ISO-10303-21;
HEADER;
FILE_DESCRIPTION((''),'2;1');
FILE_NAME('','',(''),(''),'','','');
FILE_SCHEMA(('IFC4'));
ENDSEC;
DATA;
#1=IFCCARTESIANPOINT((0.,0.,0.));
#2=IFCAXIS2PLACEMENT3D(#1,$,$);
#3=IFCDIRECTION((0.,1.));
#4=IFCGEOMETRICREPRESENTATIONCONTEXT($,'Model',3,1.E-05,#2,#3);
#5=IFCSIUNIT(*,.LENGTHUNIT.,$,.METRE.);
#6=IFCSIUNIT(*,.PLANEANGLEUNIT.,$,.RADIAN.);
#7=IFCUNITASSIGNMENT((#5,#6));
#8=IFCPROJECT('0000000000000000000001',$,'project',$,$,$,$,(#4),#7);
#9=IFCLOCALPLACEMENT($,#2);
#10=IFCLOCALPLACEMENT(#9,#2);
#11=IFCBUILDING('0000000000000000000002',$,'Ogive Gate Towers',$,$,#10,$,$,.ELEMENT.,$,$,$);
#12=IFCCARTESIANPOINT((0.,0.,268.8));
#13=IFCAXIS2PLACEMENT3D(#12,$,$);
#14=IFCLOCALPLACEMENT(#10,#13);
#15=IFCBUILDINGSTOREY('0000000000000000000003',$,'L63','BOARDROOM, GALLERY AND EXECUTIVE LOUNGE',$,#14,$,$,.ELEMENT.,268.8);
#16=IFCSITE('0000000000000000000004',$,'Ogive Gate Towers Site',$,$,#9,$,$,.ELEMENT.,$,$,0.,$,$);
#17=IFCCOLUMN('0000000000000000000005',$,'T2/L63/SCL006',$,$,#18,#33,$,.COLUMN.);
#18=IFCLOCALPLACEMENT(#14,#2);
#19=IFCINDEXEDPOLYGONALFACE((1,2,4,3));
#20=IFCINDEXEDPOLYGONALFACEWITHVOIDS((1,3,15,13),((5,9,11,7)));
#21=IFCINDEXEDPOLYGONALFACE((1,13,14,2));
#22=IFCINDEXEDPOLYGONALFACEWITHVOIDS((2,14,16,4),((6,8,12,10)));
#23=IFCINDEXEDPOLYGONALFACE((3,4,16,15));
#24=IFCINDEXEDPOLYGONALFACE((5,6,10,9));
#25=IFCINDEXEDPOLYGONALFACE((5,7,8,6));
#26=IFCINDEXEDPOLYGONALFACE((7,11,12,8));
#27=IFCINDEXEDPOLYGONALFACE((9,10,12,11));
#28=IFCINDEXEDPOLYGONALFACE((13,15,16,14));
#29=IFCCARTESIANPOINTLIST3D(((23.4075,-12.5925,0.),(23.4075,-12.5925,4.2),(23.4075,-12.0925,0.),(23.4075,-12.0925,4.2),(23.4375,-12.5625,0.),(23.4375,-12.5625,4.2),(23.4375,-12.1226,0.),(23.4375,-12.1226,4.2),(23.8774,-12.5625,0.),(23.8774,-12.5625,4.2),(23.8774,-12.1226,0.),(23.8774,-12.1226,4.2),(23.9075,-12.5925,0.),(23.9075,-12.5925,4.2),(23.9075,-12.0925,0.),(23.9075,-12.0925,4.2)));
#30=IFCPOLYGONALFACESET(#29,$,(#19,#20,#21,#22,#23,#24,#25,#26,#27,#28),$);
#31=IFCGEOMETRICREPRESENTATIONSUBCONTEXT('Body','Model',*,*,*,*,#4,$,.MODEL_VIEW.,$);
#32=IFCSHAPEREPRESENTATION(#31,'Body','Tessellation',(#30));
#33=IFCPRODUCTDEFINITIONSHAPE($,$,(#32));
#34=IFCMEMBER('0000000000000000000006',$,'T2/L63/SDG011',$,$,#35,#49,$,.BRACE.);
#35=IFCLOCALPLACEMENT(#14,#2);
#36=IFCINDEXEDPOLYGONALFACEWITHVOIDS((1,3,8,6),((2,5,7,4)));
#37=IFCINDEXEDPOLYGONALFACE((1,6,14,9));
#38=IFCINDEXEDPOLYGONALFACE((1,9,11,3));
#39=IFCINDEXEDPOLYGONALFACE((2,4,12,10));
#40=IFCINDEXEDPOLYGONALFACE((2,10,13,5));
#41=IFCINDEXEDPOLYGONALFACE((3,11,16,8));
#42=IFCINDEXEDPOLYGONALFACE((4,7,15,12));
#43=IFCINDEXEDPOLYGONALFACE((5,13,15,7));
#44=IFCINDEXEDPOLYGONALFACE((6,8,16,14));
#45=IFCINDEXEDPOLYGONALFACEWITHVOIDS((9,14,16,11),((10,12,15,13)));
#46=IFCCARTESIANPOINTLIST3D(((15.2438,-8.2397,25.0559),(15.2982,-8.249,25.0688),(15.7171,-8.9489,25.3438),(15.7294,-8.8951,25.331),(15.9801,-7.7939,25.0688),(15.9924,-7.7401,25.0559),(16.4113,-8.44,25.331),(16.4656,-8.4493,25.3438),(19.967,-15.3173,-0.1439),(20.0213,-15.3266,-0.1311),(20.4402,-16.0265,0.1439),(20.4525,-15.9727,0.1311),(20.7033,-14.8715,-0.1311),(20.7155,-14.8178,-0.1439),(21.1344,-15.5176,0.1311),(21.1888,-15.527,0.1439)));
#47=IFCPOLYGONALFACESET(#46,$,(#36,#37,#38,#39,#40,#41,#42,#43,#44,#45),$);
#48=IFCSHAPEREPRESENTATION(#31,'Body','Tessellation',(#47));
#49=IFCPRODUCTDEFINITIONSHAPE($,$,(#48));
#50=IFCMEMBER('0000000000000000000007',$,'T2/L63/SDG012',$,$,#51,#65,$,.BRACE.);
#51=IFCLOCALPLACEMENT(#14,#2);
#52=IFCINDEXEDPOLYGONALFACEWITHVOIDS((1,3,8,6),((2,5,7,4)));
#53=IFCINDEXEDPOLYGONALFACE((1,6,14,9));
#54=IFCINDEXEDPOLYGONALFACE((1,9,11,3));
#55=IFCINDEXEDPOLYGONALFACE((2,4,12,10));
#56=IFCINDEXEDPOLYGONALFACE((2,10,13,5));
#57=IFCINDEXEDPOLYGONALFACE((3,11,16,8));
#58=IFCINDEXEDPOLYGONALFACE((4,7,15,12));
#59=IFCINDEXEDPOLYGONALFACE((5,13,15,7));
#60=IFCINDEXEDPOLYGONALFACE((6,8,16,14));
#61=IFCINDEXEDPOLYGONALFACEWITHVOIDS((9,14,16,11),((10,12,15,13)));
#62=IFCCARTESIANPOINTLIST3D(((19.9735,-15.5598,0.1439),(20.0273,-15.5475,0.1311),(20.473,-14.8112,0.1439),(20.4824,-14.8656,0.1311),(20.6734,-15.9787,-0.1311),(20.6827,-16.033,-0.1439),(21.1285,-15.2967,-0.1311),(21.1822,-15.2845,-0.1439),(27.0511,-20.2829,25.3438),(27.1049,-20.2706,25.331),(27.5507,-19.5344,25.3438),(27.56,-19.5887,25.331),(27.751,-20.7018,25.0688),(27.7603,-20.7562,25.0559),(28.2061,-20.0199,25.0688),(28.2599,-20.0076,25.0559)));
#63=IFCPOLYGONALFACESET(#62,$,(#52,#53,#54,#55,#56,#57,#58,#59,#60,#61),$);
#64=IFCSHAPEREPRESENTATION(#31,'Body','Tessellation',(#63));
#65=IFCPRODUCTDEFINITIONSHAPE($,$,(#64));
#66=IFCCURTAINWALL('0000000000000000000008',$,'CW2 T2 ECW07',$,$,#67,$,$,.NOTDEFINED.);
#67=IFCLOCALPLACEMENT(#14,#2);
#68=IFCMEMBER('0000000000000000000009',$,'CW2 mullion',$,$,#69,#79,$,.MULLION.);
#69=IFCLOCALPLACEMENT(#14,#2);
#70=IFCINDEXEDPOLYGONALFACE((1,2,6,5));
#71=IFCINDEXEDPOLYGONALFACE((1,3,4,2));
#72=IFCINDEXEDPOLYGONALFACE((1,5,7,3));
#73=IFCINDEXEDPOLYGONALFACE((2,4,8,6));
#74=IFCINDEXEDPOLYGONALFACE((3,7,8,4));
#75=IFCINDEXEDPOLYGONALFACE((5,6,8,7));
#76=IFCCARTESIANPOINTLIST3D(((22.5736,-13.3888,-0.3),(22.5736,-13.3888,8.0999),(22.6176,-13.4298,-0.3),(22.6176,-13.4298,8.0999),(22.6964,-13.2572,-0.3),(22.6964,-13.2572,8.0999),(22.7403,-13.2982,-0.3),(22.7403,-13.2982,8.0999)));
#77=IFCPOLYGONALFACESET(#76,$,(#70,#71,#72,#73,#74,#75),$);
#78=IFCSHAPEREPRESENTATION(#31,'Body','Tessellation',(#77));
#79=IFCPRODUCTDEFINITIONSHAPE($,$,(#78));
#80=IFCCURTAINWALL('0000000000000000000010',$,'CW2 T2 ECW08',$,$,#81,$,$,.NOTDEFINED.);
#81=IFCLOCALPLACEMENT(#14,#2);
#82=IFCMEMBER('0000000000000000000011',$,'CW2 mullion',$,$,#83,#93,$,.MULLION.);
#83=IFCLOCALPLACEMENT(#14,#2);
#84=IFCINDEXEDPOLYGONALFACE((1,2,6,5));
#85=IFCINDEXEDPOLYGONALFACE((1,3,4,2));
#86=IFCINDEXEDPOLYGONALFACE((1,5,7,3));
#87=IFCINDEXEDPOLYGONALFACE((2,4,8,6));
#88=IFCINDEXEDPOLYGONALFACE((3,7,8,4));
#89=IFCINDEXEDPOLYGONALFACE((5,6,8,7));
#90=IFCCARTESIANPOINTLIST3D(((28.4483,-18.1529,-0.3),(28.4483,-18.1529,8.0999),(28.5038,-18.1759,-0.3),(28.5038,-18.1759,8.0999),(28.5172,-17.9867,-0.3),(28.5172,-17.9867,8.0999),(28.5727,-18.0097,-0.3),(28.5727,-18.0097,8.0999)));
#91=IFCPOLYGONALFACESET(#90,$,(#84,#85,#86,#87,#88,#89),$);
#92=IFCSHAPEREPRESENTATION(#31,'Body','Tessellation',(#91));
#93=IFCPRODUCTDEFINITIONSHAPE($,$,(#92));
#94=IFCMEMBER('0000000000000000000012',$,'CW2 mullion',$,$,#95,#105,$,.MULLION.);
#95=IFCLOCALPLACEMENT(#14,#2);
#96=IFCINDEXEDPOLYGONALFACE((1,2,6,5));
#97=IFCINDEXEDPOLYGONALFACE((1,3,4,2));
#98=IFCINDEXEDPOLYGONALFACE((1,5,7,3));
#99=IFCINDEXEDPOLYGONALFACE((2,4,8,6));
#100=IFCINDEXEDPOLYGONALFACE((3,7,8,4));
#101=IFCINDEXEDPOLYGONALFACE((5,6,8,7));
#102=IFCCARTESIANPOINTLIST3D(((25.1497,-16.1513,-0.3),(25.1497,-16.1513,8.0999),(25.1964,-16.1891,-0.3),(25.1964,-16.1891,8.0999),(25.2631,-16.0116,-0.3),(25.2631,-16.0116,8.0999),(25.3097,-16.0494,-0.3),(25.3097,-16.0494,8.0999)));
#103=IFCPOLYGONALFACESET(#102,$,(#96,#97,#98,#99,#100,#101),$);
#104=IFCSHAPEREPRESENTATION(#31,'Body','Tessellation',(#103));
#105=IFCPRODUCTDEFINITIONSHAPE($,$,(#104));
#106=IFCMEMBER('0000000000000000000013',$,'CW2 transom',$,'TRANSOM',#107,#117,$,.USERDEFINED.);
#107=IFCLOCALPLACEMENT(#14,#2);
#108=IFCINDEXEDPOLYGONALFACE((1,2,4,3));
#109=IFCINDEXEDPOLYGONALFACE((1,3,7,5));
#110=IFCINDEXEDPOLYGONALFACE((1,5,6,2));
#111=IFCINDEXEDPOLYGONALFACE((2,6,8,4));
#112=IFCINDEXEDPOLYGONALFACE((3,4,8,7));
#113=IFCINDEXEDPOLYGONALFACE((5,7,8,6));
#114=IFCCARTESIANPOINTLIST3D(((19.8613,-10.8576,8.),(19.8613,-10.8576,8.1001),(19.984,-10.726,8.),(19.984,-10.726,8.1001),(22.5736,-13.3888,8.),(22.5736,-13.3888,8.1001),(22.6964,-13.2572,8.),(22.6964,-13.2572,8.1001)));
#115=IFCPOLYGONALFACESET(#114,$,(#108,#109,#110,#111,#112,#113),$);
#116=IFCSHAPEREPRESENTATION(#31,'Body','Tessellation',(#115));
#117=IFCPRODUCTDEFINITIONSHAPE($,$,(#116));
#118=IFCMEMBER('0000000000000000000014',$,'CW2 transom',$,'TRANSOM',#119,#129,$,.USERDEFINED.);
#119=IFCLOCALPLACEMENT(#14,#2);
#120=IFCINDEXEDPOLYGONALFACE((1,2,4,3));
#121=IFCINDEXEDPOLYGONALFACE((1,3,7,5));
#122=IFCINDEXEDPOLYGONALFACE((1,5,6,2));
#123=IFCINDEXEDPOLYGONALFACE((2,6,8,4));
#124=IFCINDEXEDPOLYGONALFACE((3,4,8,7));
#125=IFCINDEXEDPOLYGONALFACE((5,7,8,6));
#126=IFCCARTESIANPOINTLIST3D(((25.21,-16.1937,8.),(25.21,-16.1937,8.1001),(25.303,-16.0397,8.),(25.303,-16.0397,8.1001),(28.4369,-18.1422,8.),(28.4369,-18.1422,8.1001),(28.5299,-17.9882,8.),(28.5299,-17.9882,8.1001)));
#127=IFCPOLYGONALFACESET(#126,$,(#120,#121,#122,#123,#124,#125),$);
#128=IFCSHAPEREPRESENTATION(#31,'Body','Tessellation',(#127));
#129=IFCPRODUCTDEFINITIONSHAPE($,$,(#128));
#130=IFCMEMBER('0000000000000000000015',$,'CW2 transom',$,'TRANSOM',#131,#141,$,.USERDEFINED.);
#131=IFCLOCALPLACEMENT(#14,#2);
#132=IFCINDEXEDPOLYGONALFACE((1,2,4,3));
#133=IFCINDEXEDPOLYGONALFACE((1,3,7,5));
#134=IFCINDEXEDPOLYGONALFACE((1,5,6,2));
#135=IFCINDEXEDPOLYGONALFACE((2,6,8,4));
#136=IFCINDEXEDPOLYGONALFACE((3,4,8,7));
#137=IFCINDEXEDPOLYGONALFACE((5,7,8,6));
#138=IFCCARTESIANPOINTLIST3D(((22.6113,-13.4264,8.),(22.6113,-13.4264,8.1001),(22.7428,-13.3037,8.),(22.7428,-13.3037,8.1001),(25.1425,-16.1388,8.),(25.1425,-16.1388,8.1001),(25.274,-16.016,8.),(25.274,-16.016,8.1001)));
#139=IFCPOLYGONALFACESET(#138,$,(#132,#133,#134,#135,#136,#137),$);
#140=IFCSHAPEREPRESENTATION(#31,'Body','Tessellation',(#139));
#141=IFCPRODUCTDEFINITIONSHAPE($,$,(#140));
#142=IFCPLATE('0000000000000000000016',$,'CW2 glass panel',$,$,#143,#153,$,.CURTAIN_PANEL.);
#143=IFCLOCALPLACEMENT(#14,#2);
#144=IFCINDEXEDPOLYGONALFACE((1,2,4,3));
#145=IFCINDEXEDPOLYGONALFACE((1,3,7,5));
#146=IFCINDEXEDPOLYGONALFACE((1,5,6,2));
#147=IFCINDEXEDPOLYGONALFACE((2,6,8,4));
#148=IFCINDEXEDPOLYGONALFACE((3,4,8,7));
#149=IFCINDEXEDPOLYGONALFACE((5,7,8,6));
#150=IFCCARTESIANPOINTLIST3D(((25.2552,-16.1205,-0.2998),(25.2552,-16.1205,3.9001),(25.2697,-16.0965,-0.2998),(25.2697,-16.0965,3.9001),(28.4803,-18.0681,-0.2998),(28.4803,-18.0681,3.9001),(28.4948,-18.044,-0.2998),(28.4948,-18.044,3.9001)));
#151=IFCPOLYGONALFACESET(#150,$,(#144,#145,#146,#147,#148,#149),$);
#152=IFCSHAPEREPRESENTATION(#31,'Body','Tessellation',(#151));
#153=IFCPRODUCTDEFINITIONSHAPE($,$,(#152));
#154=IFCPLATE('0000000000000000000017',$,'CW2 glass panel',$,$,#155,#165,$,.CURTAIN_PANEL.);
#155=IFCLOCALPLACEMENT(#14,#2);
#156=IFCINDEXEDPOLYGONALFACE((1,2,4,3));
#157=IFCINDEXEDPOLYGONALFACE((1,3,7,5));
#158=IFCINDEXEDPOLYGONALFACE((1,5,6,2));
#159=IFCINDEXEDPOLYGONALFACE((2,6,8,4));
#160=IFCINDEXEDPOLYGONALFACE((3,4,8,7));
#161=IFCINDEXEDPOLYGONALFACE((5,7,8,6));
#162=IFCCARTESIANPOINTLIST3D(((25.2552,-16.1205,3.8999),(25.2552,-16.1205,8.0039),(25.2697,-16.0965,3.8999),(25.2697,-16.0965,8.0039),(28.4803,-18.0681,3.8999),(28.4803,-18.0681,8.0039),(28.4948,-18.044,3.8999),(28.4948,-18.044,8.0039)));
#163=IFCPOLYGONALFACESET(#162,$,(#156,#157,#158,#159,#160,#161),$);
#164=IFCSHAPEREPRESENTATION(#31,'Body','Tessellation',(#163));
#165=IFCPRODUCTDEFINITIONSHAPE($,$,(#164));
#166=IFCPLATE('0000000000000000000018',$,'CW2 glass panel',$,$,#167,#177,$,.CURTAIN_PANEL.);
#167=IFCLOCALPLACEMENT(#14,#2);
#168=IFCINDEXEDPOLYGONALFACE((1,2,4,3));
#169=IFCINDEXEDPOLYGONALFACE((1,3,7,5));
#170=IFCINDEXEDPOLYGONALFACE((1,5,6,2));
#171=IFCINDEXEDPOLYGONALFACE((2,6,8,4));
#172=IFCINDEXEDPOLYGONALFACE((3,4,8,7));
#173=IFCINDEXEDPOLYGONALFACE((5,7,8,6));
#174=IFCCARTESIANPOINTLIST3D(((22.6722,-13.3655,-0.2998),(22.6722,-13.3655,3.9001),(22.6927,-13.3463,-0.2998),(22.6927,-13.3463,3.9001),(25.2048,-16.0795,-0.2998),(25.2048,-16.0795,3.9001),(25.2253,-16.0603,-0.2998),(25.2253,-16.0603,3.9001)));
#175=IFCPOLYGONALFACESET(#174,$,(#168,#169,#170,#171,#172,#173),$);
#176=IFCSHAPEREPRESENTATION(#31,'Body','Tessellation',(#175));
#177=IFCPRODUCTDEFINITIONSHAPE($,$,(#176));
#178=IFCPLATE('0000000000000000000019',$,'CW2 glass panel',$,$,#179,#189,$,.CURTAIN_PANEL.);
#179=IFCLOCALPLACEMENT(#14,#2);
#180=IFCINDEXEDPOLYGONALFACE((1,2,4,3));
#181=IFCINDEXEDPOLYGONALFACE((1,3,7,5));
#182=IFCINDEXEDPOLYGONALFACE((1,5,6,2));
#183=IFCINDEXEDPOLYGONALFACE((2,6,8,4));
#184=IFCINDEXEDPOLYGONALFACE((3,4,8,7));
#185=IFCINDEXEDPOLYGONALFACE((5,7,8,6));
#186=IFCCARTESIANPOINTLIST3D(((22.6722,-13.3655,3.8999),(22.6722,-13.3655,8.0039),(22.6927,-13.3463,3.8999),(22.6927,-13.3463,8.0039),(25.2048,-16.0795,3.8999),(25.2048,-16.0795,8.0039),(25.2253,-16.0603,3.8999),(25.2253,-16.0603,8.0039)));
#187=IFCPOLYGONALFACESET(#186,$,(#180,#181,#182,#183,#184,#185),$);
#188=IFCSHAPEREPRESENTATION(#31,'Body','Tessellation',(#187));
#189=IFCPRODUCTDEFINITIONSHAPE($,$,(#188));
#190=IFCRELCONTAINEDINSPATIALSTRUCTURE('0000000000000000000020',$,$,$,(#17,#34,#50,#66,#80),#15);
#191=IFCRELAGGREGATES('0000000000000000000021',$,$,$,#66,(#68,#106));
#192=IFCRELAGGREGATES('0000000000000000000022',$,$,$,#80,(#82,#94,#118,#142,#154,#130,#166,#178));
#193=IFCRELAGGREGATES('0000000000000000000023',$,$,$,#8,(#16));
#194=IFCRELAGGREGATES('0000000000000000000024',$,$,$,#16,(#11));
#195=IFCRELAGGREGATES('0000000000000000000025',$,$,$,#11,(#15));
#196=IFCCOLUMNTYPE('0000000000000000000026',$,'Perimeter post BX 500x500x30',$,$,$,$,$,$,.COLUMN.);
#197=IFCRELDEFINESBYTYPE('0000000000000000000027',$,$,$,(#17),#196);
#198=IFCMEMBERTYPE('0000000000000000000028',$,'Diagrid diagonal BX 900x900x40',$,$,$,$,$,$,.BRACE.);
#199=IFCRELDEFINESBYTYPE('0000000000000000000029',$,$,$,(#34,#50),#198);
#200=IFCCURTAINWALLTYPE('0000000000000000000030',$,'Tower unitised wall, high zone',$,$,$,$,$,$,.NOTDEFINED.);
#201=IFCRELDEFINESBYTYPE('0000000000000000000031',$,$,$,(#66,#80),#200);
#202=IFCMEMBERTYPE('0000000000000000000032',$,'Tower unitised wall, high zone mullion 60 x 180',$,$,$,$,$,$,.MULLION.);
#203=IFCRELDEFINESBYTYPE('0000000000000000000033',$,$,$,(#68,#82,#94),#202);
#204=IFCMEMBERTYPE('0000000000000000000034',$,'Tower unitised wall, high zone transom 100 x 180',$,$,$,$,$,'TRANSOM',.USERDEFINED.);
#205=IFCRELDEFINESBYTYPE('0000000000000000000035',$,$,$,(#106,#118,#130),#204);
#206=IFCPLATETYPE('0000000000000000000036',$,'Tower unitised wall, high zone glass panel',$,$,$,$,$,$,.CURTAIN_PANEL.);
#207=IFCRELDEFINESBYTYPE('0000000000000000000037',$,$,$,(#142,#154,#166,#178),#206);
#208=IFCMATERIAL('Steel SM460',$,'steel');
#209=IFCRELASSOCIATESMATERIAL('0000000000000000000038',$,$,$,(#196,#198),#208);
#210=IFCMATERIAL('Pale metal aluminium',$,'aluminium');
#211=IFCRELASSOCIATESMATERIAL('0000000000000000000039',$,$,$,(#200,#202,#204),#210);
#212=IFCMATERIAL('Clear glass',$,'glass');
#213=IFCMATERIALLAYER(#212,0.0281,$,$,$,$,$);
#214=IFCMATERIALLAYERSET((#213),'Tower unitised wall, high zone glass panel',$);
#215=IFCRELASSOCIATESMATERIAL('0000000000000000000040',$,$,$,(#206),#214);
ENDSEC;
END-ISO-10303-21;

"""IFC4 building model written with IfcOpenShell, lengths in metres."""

from ifc_helpers import new_model, si_unit, direction, frame, origin, origin_2d, place, context, subcontext, project, spatial, rectangle, hollow_rectangle, extrude, material, layer, layer_set, material_profile, profile_set, type_object, element, aggregate, save


model = new_model("IFC4")

# Units and contexts
model_context = context("Model", 3, precision=1e-05, world=origin(), true_north=direction((0.0, 1.0)))
body_context = subcontext(model_context, "Body", "Model", "MODEL_VIEW")
ifc_project = project(units=[si_unit("LENGTHUNIT", "METRE"), si_unit("PLANEANGLEUNIT", "RADIAN")], contexts=[model_context])

# Site, building, storey
site_placement = place(None, origin())
site = spatial("IfcSite", under=ifc_project, at=site_placement, Name="Ogive Gate Towers Site", CompositionType="ELEMENT", RefElevation=0.0)
building_placement = place(site_placement, origin())
building = spatial("IfcBuilding", under=site, at=building_placement, Name="Ogive Gate Towers", CompositionType="ELEMENT")
storey_placement = place(building_placement, frame((0.0, 0.0, 268.8)))
storey = spatial("IfcBuildingStorey", under=building, at=storey_placement, Name="L63", Description="BOARDROOM, GALLERY AND EXECUTIVE LOUNGE", CompositionType="ELEMENT", Elevation=268.8)

# Column
ifc_material_1 = material(Name="Steel SM460", Category="steel")
ifc_material_profile_1 = material_profile(ifc_material_1, hollow_rectangle(XDim=0.5, YDim=0.5, WallThickness=0.03, at=origin_2d()), Name="BX 500x500x30")
ifc_profile_set_1 = profile_set([ifc_material_profile_1], Name="Steel SM460")
column_type = type_object("IfcColumnType", Name="Perimeter post BX 500x500x30", PredefinedType="COLUMN", material=ifc_profile_set_1)
column_placement = place(storey_placement, frame((23.6575, -12.3425, 0.0), z_axis=(0.0, 0.0, 1.0), x_axis=(1.0, 0.0, 0.0)))
element("IfcColumn", 1, at=column_placement, inside=storey, type_object=column_type, Name="T2/L63/SCL006", PredefinedType="COLUMN", context=body_context, shape_type="SweptSolid", body=[
    extrude(hollow_rectangle(XDim=0.5, YDim=0.5, WallThickness=0.03, at=origin_2d()), origin(), (0.0, 0.0, 1.0), 4.2),
])

# Members
ifc_material_profile_2 = material_profile(ifc_material_1, hollow_rectangle(XDim=0.8999, YDim=0.8999, WallThickness=0.04, at=origin_2d()), Name="BX 900x900x40")
ifc_profile_set_2 = profile_set([ifc_material_profile_2], Name="Steel SM460")
member_type_1 = type_object("IfcMemberType", Name="Diagrid diagonal BX 900x900x40", PredefinedType="BRACE", material=ifc_profile_set_2)
for number, where, z_axis, x_axis, name in (
    (2, (20.5779, -15.4221, 0.0), (-0.177577, 0.266099, 0.947448), (-0.831794, -0.555084, 0.0), "T2/L63/SDG011"),
    (3, (20.5779, -15.4221, 0.0), (0.266099, -0.177577, 0.947448), (0.555084, 0.831794, 0.0), "T2/L63/SDG012"),
):
    element("IfcMember", number, at=place(storey_placement, frame(where, z_axis=z_axis, x_axis=x_axis)), inside=storey, type_object=member_type_1, Name=name, PredefinedType="BRACE", context=body_context, shape_type="SweptSolid", body=[
        extrude(hollow_rectangle(XDim=0.8999, YDim=0.8999, WallThickness=0.04, at=origin_2d()), origin(), (0.0, 0.0, 1.0), 26.5977),
    ])

# Curtain wall, member
ifc_material_2 = material(Name="Pale metal aluminium", Category="aluminium")
curtain_wall_type = type_object("IfcCurtainWallType", Name="Tower unitised wall, high zone", PredefinedType="NOTDEFINED", material=ifc_material_2)
curtain_wall_1_placement = place(storey_placement, origin())
curtain_wall_1 = element("IfcCurtainWall", 4, at=curtain_wall_1_placement, inside=storey, type_object=curtain_wall_type, Name="CW2 T2 ECW07", PredefinedType="NOTDEFINED")
ifc_material_profile_3 = material_profile(ifc_material_2, rectangle(XDim=0.1799, YDim=0.0601, at=origin_2d()), Name="60 x 180 aluminium box")
ifc_profile_set_3 = profile_set([ifc_material_profile_3], Name="Pale metal aluminium")
member_type_2 = type_object("IfcMemberType", Name="Tower unitised wall, high zone mullion 60 x 180", PredefinedType="MULLION", material=ifc_profile_set_3)
member_1_placement = place(storey_placement, frame((22.657, -13.3435, -0.3), z_axis=(0.0, 0.0, 1.0), x_axis=(0.682254, 0.731116, 0.0)))
member_1 = element("IfcMember", 5, at=member_1_placement, type_object=member_type_2, Name="CW2 mullion", PredefinedType="MULLION", context=body_context, shape_type="SweptSolid", body=[
    extrude(rectangle(XDim=0.1799, YDim=0.0601, at=origin_2d()), origin(), (0.0, 0.0, 1.0), 8.3999),
])

# Curtain wall, members
curtain_wall_2_placement = place(storey_placement, origin())
curtain_wall_2 = element("IfcCurtainWall", 6, at=curtain_wall_2_placement, inside=storey, type_object=curtain_wall_type, Name="CW2 T2 ECW08", PredefinedType="NOTDEFINED")
member_2_placement = place(storey_placement, frame((28.5105, -18.0813, -0.3), z_axis=(0.0, 0.0, 1.0), x_axis=(0.382683, 0.92388, 0.0)))
member_2 = element("IfcMember", 7, at=member_2_placement, type_object=member_type_2, Name="CW2 mullion", PredefinedType="MULLION", context=body_context, shape_type="SweptSolid", body=[
    extrude(rectangle(XDim=0.1799, YDim=0.0601, at=origin_2d()), origin(), (0.0, 0.0, 1.0), 8.3999),
])
member_3_placement = place(storey_placement, frame((25.2297, -16.1003, -0.3), z_axis=(0.0, 0.0, 1.0), x_axis=(0.630039, 0.776563, 0.0)))
member_3 = element("IfcMember", 8, at=member_3_placement, type_object=member_type_2, Name="CW2 mullion", PredefinedType="MULLION", context=body_context, shape_type="SweptSolid", body=[
    extrude(rectangle(XDim=0.1799, YDim=0.0601, at=origin_2d()), origin(), (0.0, 0.0, 1.0), 8.3999),
])

# Members
ifc_material_profile_4 = material_profile(ifc_material_2, rectangle(XDim=0.1799, YDim=0.1001, at=origin_2d()), Name="100 x 180 aluminium box")
ifc_profile_set_4 = profile_set([ifc_material_profile_4], Name="Pale metal aluminium")
member_type_3 = type_object("IfcMemberType", Name="Tower unitised wall, high zone transom 100 x 180", ElementType="TRANSOM", PredefinedType="USERDEFINED", material=ifc_profile_set_4)
member_4_placement = place(storey_placement, frame((22.635, -13.323, 8.05), z_axis=(-0.731099, 0.682271, 0.0), x_axis=(-0.682271, -0.731099, 0.0)))
member_4 = element("IfcMember", 9, at=member_4_placement, type_object=member_type_3, Name="CW2 transom", ObjectType="TRANSOM", PredefinedType="USERDEFINED", context=body_context, shape_type="SweptSolid", body=[
    extrude(rectangle(XDim=0.1799, YDim=0.1001, at=origin_2d()), origin(), (0.0, 0.0, 1.0), 3.71),
])
aggregate(curtain_wall_1, [member_1, member_4])
member_5_placement = place(storey_placement, frame((28.4834, -18.0652, 8.05), z_axis=(-0.856038, 0.516913, 0.0), x_axis=(-0.516913, -0.856038, 0.0)))
member_5 = element("IfcMember", 10, at=member_5_placement, type_object=member_type_3, Name="CW2 transom", ObjectType="TRANSOM", PredefinedType="USERDEFINED", context=body_context, shape_type="SweptSolid", body=[
    extrude(rectangle(XDim=0.1799, YDim=0.1001, at=origin_2d()), origin(), (0.0, 0.0, 1.0), 3.7695),
])
member_6_placement = place(storey_placement, frame((25.2083, -16.0774, 8.05), z_axis=(-0.682271, 0.731099, 0.0), x_axis=(-0.731099, -0.682271, 0.0)))
member_6 = element("IfcMember", 11, at=member_6_placement, type_object=member_type_3, Name="CW2 transom", ObjectType="TRANSOM", PredefinedType="USERDEFINED", context=body_context, shape_type="SweptSolid", body=[
    extrude(rectangle(XDim=0.1799, YDim=0.1001, at=origin_2d()), origin(), (0.0, 0.0, 1.0), 3.71),
])

# Plates
ifc_material_3 = material(Name="Clear glass", Category="glass")
ifc_layer_1 = layer(ifc_material_3, 0.0281)
ifc_layer_set_1 = layer_set([ifc_layer_1], Name="Tower unitised wall, high zone glass panel")
plate_type = type_object("IfcPlateType", Name="Tower unitised wall, high zone glass panel", PredefinedType="CURTAIN_PANEL", material=ifc_layer_set_1)
plate_1_placement = place(storey_placement, frame((26.875, -17.0823, -0.2998), z_axis=(0.0, 0.0, 1.0), x_axis=(-0.856033, 0.516922, 0.0)))
plate_1 = element("IfcPlate", 12, at=plate_1_placement, type_object=plate_type, Name="CW2 glass panel", PredefinedType="CURTAIN_PANEL", context=body_context, shape_type="SweptSolid", body=[
    extrude(rectangle(XDim=3.7676, YDim=0.0281, at=origin_2d()), origin(), (0.0, 0.0, 1.0), 4.2),
])
plate_2_placement = place(storey_placement, frame((26.875, -17.0823, 3.8999), z_axis=(0.0, 0.0, 1.0), x_axis=(-0.856033, 0.516922, 0.0)))
plate_2 = element("IfcPlate", 13, at=plate_2_placement, type_object=plate_type, Name="CW2 glass panel", PredefinedType="CURTAIN_PANEL", context=body_context, shape_type="SweptSolid", body=[
    extrude(rectangle(XDim=3.7676, YDim=0.0281, at=origin_2d()), origin(), (0.0, 0.0, 1.0), 4.104),
])
plate_3_placement = place(storey_placement, frame((23.9487, -14.7129, -0.2998), z_axis=(0.0, 0.0, 1.0), x_axis=(-0.682254, 0.731116, 0.0)))
plate_3 = element("IfcPlate", 14, at=plate_3_placement, type_object=plate_type, Name="CW2 glass panel", PredefinedType="CURTAIN_PANEL", context=body_context, shape_type="SweptSolid", body=[
    extrude(rectangle(XDim=3.7122, YDim=0.0281, at=origin_2d()), origin(), (0.0, 0.0, 1.0), 4.2),
])
plate_4_placement = place(storey_placement, frame((23.9487, -14.7129, 3.8999), z_axis=(0.0, 0.0, 1.0), x_axis=(-0.682254, 0.731116, 0.0)))
plate_4 = element("IfcPlate", 15, at=plate_4_placement, type_object=plate_type, Name="CW2 glass panel", PredefinedType="CURTAIN_PANEL", context=body_context, shape_type="SweptSolid", body=[
    extrude(rectangle(XDim=3.7122, YDim=0.0281, at=origin_2d()), origin(), (0.0, 0.0, 1.0), 4.104),
])
aggregate(curtain_wall_2, [member_2, member_3, member_5, plate_1, plate_2, member_6, plate_3, plate_4])

save(model, "model.ifc")
